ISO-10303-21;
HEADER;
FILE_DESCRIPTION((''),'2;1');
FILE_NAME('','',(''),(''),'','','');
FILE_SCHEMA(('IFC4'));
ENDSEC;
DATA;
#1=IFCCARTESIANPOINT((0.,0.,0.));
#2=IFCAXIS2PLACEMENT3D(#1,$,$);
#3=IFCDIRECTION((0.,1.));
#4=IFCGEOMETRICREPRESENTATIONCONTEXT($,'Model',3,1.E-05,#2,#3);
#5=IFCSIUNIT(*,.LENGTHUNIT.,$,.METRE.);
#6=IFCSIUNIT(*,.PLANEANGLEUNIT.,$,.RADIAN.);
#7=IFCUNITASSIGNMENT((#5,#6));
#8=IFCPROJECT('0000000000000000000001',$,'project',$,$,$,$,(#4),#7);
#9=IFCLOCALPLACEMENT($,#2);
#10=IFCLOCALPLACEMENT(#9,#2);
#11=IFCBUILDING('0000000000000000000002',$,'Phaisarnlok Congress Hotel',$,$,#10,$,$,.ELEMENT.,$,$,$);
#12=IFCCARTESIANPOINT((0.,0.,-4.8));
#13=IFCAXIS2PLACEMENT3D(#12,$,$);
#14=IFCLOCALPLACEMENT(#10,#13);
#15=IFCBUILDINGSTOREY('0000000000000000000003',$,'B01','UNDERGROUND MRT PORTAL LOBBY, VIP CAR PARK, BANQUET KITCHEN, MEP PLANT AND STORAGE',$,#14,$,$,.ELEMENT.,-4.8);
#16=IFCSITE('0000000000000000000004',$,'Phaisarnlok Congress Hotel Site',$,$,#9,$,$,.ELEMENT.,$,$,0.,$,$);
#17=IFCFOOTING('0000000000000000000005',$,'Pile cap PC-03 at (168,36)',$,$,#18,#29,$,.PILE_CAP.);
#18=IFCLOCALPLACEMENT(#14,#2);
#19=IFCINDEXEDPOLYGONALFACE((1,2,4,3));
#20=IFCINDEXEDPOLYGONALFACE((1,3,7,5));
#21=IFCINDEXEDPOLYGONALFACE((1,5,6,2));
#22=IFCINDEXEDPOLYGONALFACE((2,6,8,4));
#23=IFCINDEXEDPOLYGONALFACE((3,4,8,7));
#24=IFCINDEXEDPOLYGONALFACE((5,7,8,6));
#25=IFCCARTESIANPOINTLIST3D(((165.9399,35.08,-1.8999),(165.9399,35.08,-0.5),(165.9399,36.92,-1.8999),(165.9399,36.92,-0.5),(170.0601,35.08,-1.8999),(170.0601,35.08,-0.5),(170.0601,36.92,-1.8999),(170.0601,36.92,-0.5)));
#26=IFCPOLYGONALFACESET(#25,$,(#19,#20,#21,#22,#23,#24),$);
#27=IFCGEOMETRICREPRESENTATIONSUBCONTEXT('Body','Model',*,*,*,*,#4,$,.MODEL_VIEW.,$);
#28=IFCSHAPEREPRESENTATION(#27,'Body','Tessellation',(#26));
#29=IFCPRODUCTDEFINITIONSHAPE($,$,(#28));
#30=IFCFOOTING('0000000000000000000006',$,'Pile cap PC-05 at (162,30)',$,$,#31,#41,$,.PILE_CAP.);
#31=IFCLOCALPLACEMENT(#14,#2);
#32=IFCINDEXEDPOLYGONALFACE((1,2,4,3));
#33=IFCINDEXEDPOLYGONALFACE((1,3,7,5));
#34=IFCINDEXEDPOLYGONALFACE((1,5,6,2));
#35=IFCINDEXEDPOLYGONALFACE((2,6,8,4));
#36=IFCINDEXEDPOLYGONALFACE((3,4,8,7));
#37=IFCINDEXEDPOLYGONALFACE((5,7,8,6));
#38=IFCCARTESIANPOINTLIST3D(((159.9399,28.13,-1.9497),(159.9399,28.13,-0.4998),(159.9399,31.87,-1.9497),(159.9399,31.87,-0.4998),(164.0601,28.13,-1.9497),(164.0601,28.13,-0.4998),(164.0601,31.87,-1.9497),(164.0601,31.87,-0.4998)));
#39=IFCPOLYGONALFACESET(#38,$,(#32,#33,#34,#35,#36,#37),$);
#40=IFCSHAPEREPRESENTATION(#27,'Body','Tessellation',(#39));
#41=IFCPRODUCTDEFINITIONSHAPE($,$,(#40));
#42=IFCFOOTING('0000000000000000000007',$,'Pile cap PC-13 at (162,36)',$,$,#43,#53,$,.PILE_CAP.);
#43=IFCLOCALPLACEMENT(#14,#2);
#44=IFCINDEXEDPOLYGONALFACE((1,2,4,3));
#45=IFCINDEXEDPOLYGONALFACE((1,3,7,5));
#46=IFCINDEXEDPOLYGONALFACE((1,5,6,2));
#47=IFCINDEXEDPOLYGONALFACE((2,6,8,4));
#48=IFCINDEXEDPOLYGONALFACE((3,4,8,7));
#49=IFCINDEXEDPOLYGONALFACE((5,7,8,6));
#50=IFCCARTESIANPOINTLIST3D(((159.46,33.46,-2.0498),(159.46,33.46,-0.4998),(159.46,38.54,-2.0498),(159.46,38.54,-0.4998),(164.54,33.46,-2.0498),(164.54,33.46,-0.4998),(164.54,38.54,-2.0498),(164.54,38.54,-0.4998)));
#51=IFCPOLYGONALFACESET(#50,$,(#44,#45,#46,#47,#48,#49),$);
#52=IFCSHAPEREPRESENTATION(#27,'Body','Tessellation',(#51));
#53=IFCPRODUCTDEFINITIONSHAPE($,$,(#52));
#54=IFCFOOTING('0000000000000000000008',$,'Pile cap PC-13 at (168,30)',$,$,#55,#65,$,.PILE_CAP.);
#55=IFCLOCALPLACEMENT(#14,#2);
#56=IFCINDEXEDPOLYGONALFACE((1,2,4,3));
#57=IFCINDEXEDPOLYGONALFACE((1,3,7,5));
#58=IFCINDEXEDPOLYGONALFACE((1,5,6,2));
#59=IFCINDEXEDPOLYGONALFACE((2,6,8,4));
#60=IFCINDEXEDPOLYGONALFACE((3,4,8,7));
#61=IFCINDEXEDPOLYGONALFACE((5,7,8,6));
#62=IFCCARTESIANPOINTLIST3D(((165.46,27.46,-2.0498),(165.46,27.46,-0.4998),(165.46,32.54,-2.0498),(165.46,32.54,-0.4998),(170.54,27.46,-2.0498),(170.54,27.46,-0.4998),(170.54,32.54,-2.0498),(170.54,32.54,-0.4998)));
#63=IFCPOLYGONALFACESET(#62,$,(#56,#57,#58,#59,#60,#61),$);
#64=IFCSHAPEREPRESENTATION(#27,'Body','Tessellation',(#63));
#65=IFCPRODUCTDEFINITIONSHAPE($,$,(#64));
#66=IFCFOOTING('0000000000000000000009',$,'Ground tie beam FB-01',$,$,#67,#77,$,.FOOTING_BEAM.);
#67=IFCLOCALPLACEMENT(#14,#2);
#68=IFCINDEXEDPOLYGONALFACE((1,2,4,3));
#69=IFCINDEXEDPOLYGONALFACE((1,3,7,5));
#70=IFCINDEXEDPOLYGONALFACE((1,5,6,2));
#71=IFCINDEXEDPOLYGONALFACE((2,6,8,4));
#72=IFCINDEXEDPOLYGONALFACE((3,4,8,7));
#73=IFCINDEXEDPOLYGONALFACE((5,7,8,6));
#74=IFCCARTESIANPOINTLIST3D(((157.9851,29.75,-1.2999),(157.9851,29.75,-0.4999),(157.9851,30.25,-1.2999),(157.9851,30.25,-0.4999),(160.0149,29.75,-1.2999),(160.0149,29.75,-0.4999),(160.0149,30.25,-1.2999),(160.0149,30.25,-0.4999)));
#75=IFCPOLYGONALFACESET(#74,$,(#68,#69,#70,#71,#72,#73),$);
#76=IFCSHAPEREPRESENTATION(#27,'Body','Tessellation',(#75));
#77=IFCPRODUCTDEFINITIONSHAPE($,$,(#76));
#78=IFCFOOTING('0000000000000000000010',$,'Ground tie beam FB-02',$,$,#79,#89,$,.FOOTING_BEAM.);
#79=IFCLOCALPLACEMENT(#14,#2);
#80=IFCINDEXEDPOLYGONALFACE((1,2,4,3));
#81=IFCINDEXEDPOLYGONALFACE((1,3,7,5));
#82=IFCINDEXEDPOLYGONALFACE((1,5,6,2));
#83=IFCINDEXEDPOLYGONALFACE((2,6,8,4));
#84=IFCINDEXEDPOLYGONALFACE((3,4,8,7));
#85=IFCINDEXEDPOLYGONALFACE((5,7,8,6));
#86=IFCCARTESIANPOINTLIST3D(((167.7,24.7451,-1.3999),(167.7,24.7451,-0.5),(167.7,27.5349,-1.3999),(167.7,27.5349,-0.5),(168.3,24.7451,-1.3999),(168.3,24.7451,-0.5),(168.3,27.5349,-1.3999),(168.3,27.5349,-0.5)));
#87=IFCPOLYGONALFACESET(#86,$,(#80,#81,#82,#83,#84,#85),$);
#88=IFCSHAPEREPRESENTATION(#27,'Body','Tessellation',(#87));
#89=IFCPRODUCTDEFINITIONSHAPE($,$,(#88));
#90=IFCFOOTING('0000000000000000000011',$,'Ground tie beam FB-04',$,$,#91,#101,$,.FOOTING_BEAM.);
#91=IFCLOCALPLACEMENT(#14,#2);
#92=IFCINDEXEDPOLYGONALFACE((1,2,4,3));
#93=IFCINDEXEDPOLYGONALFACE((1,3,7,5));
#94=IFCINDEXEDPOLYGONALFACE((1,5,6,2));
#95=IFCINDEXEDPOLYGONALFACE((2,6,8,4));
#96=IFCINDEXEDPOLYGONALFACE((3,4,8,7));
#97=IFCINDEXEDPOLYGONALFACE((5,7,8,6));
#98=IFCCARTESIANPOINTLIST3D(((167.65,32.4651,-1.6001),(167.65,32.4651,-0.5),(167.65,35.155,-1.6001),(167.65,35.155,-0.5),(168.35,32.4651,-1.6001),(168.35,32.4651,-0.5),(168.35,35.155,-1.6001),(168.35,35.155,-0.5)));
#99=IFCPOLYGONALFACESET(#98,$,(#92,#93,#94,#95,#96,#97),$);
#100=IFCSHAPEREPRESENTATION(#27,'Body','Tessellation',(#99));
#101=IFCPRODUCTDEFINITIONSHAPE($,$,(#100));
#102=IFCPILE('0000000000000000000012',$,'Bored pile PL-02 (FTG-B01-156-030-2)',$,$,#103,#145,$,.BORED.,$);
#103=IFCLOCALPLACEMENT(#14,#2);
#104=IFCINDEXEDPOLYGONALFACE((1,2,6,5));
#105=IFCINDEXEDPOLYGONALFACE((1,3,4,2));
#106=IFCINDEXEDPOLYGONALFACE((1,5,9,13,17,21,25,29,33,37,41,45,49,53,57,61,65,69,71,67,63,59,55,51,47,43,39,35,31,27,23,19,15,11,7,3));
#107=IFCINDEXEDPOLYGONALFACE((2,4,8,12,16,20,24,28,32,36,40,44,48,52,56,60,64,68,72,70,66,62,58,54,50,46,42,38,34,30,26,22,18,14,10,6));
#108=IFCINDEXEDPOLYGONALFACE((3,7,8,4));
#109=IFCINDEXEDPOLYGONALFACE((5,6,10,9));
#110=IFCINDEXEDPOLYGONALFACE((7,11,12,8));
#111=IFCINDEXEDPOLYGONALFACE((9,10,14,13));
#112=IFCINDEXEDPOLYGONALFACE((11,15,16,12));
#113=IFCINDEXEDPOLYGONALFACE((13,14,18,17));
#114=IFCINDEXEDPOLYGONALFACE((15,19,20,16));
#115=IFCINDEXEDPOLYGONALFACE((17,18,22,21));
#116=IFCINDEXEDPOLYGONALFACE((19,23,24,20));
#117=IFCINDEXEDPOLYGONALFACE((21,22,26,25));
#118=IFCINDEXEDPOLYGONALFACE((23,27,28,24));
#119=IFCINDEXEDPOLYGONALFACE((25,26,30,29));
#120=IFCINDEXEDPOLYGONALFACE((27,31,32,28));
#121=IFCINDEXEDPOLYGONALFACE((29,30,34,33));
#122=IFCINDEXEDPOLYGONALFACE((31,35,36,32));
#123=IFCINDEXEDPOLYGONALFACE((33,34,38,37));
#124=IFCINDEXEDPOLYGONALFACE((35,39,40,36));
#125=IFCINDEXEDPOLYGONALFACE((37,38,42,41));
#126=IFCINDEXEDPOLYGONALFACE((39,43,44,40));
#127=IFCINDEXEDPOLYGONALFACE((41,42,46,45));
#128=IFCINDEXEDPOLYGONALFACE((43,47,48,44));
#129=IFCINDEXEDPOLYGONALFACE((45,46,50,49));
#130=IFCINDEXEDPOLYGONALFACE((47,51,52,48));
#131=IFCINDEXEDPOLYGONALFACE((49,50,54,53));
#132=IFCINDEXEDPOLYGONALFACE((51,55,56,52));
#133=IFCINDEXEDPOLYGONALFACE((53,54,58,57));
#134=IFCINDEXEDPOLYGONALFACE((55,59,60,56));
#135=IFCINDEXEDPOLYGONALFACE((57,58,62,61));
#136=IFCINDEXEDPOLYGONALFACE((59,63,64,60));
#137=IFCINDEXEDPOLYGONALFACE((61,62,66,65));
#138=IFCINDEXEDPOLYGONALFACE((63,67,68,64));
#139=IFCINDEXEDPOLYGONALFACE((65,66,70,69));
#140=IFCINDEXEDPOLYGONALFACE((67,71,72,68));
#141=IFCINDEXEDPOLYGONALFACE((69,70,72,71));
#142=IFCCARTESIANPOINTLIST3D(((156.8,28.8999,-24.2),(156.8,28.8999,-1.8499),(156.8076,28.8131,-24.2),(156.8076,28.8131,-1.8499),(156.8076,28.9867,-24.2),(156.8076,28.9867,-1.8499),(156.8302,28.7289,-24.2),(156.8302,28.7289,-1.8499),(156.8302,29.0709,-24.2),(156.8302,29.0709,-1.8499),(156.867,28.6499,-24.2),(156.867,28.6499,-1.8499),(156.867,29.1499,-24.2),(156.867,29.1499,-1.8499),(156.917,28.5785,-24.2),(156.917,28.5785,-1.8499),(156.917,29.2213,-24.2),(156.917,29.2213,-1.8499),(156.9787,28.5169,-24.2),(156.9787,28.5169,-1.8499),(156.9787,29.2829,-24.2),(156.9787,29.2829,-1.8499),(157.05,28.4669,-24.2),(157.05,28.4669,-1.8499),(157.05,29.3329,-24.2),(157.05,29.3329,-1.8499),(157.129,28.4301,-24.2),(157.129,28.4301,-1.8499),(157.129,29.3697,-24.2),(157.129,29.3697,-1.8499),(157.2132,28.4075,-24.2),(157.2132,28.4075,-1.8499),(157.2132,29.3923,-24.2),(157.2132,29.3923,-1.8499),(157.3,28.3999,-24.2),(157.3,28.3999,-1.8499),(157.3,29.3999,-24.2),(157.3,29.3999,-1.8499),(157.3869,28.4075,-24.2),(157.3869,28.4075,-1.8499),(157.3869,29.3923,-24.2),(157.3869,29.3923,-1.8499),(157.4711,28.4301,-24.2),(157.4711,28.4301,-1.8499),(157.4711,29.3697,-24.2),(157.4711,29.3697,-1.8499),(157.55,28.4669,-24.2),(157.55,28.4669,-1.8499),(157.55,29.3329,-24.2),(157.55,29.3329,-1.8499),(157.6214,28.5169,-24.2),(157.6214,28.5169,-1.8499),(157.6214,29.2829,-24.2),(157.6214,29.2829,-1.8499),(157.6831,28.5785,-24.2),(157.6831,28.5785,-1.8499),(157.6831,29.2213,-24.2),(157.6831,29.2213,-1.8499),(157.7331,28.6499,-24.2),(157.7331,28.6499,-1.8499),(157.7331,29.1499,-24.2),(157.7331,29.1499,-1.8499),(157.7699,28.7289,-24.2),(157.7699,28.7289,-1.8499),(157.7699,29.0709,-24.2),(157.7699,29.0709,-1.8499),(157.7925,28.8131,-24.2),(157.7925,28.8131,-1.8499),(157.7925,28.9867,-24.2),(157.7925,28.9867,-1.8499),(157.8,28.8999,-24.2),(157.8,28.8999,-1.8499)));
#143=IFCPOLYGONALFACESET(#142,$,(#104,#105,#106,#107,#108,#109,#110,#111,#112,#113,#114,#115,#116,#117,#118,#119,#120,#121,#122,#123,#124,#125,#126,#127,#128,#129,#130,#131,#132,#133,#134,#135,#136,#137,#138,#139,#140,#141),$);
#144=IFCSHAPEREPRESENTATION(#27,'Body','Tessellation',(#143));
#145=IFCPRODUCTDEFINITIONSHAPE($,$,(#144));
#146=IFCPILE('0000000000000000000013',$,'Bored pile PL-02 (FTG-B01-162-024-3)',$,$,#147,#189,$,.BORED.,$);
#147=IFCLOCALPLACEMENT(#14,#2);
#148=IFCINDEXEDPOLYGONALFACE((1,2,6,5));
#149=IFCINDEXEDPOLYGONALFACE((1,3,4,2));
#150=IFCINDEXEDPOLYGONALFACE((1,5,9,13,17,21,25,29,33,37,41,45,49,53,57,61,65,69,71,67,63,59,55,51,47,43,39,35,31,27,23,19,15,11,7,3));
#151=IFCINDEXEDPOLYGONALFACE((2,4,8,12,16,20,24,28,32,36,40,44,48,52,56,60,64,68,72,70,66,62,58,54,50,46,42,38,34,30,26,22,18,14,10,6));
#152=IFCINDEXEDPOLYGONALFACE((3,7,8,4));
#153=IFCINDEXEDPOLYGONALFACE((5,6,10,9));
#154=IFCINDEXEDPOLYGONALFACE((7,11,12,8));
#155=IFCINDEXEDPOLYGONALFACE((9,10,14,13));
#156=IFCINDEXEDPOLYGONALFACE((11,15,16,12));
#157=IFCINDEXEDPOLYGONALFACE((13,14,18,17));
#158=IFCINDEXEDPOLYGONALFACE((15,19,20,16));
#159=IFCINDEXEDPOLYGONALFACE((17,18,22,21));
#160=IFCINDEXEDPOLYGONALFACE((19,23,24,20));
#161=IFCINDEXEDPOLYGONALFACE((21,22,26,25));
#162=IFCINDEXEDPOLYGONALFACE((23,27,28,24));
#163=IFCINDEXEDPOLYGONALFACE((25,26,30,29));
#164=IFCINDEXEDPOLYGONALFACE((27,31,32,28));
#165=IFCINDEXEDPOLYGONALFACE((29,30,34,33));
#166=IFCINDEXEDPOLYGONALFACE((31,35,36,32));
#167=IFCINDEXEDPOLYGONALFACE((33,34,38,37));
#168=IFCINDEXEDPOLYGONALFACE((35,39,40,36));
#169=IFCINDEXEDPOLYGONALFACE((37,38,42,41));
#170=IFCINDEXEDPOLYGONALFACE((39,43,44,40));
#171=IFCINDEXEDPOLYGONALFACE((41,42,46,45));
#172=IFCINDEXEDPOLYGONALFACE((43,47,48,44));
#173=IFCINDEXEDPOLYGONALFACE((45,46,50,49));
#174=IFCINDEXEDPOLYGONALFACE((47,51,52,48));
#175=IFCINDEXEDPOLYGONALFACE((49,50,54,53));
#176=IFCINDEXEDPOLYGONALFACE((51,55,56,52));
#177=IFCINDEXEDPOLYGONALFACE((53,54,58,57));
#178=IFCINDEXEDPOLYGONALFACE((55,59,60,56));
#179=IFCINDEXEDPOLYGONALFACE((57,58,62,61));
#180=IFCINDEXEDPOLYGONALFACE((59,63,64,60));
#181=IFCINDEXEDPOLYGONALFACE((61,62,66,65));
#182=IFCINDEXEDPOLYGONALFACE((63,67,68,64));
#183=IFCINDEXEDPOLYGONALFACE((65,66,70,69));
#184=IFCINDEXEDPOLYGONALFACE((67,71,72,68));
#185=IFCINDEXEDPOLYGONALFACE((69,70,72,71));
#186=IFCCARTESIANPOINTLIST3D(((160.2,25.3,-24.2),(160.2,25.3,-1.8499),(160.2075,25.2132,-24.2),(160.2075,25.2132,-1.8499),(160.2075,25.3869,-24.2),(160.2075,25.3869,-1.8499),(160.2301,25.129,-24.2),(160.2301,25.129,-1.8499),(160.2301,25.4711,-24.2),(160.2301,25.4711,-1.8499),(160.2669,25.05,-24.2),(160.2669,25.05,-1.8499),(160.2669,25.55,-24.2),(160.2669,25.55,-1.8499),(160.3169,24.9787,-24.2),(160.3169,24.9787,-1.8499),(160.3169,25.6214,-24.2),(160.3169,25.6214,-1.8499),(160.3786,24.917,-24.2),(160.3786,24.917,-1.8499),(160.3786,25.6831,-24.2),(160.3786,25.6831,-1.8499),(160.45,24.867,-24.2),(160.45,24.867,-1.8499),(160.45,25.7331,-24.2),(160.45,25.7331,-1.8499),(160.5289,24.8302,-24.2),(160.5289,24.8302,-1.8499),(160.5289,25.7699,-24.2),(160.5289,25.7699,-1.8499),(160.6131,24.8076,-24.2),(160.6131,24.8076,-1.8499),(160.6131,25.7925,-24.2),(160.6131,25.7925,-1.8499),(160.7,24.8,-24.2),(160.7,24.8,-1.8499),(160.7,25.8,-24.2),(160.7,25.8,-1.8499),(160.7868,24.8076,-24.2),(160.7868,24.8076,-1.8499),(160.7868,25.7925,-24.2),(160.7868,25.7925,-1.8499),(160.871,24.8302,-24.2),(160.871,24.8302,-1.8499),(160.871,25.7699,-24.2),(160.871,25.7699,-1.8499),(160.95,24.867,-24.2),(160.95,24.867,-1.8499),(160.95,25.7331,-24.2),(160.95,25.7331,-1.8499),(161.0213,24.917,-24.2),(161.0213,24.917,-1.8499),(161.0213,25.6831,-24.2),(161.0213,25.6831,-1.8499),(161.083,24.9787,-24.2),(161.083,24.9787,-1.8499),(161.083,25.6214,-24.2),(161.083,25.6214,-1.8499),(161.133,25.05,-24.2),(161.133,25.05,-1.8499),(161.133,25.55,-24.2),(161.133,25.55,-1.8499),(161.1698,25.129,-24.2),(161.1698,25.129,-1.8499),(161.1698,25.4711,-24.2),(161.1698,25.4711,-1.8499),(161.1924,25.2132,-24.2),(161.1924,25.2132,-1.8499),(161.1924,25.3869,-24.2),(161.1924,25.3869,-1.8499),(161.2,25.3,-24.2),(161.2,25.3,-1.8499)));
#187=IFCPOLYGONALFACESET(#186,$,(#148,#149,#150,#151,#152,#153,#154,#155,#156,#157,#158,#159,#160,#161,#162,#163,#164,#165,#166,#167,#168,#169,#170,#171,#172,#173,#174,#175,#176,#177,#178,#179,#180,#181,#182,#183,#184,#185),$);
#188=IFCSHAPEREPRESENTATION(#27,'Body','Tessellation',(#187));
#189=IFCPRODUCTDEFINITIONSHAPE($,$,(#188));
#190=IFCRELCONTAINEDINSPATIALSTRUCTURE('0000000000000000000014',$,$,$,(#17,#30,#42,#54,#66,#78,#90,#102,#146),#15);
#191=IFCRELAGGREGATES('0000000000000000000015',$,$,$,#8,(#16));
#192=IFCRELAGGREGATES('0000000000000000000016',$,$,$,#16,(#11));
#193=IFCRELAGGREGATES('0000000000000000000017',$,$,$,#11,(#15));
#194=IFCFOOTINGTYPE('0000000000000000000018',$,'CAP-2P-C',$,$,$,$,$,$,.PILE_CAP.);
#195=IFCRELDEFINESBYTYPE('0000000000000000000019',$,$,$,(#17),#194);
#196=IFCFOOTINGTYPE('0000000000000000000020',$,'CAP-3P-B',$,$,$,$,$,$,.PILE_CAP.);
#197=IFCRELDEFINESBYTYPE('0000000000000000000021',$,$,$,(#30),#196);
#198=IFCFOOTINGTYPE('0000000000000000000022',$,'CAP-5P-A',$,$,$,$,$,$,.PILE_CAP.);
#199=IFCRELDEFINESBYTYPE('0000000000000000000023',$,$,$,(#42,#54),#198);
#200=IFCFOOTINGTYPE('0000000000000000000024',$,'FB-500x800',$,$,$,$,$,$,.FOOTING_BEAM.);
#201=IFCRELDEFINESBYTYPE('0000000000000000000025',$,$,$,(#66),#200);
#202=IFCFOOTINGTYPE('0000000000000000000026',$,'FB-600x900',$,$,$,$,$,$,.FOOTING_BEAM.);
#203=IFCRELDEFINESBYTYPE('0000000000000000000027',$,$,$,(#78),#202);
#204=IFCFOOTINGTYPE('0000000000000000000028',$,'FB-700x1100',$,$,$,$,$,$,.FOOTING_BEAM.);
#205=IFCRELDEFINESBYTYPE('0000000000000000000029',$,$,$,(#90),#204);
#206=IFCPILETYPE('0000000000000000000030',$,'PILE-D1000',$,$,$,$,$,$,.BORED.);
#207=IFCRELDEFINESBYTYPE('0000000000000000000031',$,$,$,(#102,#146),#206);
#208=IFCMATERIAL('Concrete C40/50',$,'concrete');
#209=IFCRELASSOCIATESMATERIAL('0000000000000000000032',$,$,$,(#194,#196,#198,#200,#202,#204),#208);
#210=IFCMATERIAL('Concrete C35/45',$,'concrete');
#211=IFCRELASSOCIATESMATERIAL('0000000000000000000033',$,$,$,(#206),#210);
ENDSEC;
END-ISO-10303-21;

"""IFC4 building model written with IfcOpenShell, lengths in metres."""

from ifc_helpers import new_model, si_unit, direction, frame, origin, origin_2d, place, context, subcontext, project, spatial, rectangle, circle, extrude, material, material_profile, profile_set, type_object, element, save


model = new_model("IFC4")

# Units and contexts
model_context = context("Model", 3, precision=1e-05, world=origin(), true_north=direction((0.0, 1.0)))
body_context = subcontext(model_context, "Body", "Model", "MODEL_VIEW")
ifc_project = project(units=[si_unit("LENGTHUNIT", "METRE"), si_unit("PLANEANGLEUNIT", "RADIAN")], contexts=[model_context])

# Site, building, storey
site_placement = place(None, origin())
site = spatial("IfcSite", under=ifc_project, at=site_placement, Name="Phaisarnlok Congress Hotel Site", CompositionType="ELEMENT", RefElevation=0.0)
building_placement = place(site_placement, origin())
building = spatial("IfcBuilding", under=site, at=building_placement, Name="Phaisarnlok Congress Hotel", CompositionType="ELEMENT")
storey_placement = place(building_placement, frame((0.0, 0.0, -4.8)))
storey = spatial("IfcBuildingStorey", under=building, at=storey_placement, Name="B01", Description="UNDERGROUND MRT PORTAL LOBBY, VIP CAR PARK, BANQUET KITCHEN, MEP PLANT AND STORAGE", CompositionType="ELEMENT", Elevation=-4.8)

# Footings
ifc_material_1 = material(Name="Concrete C40/50", Category="concrete")
footing_type_1 = type_object("IfcFootingType", Name="CAP-2P-C", PredefinedType="PILE_CAP", material=ifc_material_1)
footing_1_placement = place(storey_placement, frame((168.0, 36.0, -1.8999), z_axis=(0.0, 0.0, 1.0), x_axis=(1.0, 0.0, 0.0)))
element("IfcFooting", 1, at=footing_1_placement, inside=storey, type_object=footing_type_1, Name="Pile cap PC-03 at (168,36)", PredefinedType="PILE_CAP", context=body_context, shape_type="SweptSolid", body=[
    extrude(rectangle(XDim=4.1201, YDim=1.8401, at=origin_2d()), origin(), (0.0, 0.0, 1.0), 1.3999),
])
footing_type_2 = type_object("IfcFootingType", Name="CAP-3P-B", PredefinedType="PILE_CAP", material=ifc_material_1)
footing_2_placement = place(storey_placement, frame((162.0, 30.0, -1.9497), z_axis=(0.0, 0.0, 1.0), x_axis=(1.0, 0.0, 0.0)))
element("IfcFooting", 2, at=footing_2_placement, inside=storey, type_object=footing_type_2, Name="Pile cap PC-05 at (162,30)", PredefinedType="PILE_CAP", context=body_context, shape_type="SweptSolid", body=[
    extrude(rectangle(XDim=4.1201, YDim=3.74, at=origin_2d()), origin(), (0.0, 0.0, 1.0), 1.45),
])
footing_type_3 = type_object("IfcFootingType", Name="CAP-5P-A", PredefinedType="PILE_CAP", material=ifc_material_1)
for number, where, z_axis, x_axis, name in (
    (3, (162.0, 36.0, -2.0498), (0.0, 0.0, 1.0), (1.0, 0.0, 0.0), "Pile cap PC-13 at (162,36)"),
    (4, (168.0, 30.0, -2.0498), (0.0, 0.0, 1.0), (1.0, 0.0, 0.0), "Pile cap PC-13 at (168,30)"),
):
    element("IfcFooting", number, at=place(storey_placement, frame(where, z_axis=z_axis, x_axis=x_axis)), inside=storey, type_object=footing_type_3, Name=name, PredefinedType="PILE_CAP", context=body_context, shape_type="SweptSolid", body=[
        extrude(rectangle(XDim=5.0801, YDim=5.0801, at=origin_2d()), origin(), (0.0, 0.0, 1.0), 1.55),
    ])
ifc_material_profile_1 = material_profile(ifc_material_1, rectangle(XDim=0.5, YDim=0.8, at=origin_2d()), Name="FB-500x800")
ifc_profile_set_1 = profile_set([ifc_material_profile_1], Name="Concrete C40/50")
footing_type_4 = type_object("IfcFootingType", Name="FB-500x800", PredefinedType="FOOTING_BEAM", material=ifc_profile_set_1)
footing_3_placement = place(storey_placement, frame((157.9851, 30.0, -0.8999), z_axis=(1.0, 0.0, 0.0), x_axis=(0.0, 1.0, 0.0)))
element("IfcFooting", 5, at=footing_3_placement, inside=storey, type_object=footing_type_4, Name="Ground tie beam FB-01", PredefinedType="FOOTING_BEAM", context=body_context, shape_type="SweptSolid", body=[
    extrude(rectangle(XDim=0.5, YDim=0.8, at=origin_2d()), origin(), (0.0, 0.0, 1.0), 2.0298),
])
ifc_material_profile_2 = material_profile(ifc_material_1, rectangle(XDim=0.6001, YDim=0.8999, at=origin_2d()), Name="FB-600x900")
ifc_profile_set_2 = profile_set([ifc_material_profile_2], Name="Concrete C40/50")
footing_type_5 = type_object("IfcFootingType", Name="FB-600x900", PredefinedType="FOOTING_BEAM", material=ifc_profile_set_2)
footing_4_placement = place(storey_placement, frame((168.0, 24.7451, -0.95), z_axis=(0.0, 1.0, 0.0), x_axis=(-1.0, 0.0, 0.0)))
element("IfcFooting", 6, at=footing_4_placement, inside=storey, type_object=footing_type_5, Name="Ground tie beam FB-02", PredefinedType="FOOTING_BEAM", context=body_context, shape_type="SweptSolid", body=[
    extrude(rectangle(XDim=0.6001, YDim=0.8999, at=origin_2d()), origin(), (0.0, 0.0, 1.0), 2.7898),
])
ifc_material_profile_3 = material_profile(ifc_material_1, rectangle(XDim=0.7, YDim=1.1001, at=origin_2d()), Name="FB-700x1100")
ifc_profile_set_3 = profile_set([ifc_material_profile_3], Name="Concrete C40/50")
footing_type_6 = type_object("IfcFootingType", Name="FB-700x1100", PredefinedType="FOOTING_BEAM", material=ifc_profile_set_3)
footing_5_placement = place(storey_placement, frame((168.0, 32.4651, -1.05), z_axis=(0.0, 1.0, 0.0), x_axis=(-1.0, 0.0, 0.0)))
element("IfcFooting", 7, at=footing_5_placement, inside=storey, type_object=footing_type_6, Name="Ground tie beam FB-04", PredefinedType="FOOTING_BEAM", context=body_context, shape_type="SweptSolid", body=[
    extrude(rectangle(XDim=0.7, YDim=1.1001, at=origin_2d()), origin(), (0.0, 0.0, 1.0), 2.6899),
])

# Piles
ifc_material_2 = material(Name="Concrete C35/45", Category="concrete")
ifc_material_profile_4 = material_profile(ifc_material_2, circle(Radius=0.5, at=origin_2d()), Name="BORED PILE D1000")
ifc_profile_set_4 = profile_set([ifc_material_profile_4], Name="Concrete C35/45")
pile_type_1 = type_object("IfcPileType", Name="PILE-D1000", PredefinedType="BORED", material=ifc_profile_set_4)
for number, where, z_axis, x_axis, name in (
    (8, (157.3, 28.8999, -1.8499), (0.0, 0.0, -1.0), (1.0, 0.0, 0.0), "Bored pile PL-02 (FTG-B01-156-030-2)"),
    (9, (160.7, 25.3, -1.8499), (0.0, 0.0, -1.0), (1.0, 0.0, 0.0), "Bored pile PL-02 (FTG-B01-162-024-3)"),
):
    element("IfcPile", number, at=place(storey_placement, frame(where, z_axis=z_axis, x_axis=x_axis)), inside=storey, type_object=pile_type_1, Name=name, PredefinedType="BORED", context=body_context, shape_type="SweptSolid", body=[
        extrude(circle(Radius=0.5, at=origin_2d()), origin(), (0.0, 0.0, 1.0), 22.3501),
    ])

save(model, "model.ifc")
